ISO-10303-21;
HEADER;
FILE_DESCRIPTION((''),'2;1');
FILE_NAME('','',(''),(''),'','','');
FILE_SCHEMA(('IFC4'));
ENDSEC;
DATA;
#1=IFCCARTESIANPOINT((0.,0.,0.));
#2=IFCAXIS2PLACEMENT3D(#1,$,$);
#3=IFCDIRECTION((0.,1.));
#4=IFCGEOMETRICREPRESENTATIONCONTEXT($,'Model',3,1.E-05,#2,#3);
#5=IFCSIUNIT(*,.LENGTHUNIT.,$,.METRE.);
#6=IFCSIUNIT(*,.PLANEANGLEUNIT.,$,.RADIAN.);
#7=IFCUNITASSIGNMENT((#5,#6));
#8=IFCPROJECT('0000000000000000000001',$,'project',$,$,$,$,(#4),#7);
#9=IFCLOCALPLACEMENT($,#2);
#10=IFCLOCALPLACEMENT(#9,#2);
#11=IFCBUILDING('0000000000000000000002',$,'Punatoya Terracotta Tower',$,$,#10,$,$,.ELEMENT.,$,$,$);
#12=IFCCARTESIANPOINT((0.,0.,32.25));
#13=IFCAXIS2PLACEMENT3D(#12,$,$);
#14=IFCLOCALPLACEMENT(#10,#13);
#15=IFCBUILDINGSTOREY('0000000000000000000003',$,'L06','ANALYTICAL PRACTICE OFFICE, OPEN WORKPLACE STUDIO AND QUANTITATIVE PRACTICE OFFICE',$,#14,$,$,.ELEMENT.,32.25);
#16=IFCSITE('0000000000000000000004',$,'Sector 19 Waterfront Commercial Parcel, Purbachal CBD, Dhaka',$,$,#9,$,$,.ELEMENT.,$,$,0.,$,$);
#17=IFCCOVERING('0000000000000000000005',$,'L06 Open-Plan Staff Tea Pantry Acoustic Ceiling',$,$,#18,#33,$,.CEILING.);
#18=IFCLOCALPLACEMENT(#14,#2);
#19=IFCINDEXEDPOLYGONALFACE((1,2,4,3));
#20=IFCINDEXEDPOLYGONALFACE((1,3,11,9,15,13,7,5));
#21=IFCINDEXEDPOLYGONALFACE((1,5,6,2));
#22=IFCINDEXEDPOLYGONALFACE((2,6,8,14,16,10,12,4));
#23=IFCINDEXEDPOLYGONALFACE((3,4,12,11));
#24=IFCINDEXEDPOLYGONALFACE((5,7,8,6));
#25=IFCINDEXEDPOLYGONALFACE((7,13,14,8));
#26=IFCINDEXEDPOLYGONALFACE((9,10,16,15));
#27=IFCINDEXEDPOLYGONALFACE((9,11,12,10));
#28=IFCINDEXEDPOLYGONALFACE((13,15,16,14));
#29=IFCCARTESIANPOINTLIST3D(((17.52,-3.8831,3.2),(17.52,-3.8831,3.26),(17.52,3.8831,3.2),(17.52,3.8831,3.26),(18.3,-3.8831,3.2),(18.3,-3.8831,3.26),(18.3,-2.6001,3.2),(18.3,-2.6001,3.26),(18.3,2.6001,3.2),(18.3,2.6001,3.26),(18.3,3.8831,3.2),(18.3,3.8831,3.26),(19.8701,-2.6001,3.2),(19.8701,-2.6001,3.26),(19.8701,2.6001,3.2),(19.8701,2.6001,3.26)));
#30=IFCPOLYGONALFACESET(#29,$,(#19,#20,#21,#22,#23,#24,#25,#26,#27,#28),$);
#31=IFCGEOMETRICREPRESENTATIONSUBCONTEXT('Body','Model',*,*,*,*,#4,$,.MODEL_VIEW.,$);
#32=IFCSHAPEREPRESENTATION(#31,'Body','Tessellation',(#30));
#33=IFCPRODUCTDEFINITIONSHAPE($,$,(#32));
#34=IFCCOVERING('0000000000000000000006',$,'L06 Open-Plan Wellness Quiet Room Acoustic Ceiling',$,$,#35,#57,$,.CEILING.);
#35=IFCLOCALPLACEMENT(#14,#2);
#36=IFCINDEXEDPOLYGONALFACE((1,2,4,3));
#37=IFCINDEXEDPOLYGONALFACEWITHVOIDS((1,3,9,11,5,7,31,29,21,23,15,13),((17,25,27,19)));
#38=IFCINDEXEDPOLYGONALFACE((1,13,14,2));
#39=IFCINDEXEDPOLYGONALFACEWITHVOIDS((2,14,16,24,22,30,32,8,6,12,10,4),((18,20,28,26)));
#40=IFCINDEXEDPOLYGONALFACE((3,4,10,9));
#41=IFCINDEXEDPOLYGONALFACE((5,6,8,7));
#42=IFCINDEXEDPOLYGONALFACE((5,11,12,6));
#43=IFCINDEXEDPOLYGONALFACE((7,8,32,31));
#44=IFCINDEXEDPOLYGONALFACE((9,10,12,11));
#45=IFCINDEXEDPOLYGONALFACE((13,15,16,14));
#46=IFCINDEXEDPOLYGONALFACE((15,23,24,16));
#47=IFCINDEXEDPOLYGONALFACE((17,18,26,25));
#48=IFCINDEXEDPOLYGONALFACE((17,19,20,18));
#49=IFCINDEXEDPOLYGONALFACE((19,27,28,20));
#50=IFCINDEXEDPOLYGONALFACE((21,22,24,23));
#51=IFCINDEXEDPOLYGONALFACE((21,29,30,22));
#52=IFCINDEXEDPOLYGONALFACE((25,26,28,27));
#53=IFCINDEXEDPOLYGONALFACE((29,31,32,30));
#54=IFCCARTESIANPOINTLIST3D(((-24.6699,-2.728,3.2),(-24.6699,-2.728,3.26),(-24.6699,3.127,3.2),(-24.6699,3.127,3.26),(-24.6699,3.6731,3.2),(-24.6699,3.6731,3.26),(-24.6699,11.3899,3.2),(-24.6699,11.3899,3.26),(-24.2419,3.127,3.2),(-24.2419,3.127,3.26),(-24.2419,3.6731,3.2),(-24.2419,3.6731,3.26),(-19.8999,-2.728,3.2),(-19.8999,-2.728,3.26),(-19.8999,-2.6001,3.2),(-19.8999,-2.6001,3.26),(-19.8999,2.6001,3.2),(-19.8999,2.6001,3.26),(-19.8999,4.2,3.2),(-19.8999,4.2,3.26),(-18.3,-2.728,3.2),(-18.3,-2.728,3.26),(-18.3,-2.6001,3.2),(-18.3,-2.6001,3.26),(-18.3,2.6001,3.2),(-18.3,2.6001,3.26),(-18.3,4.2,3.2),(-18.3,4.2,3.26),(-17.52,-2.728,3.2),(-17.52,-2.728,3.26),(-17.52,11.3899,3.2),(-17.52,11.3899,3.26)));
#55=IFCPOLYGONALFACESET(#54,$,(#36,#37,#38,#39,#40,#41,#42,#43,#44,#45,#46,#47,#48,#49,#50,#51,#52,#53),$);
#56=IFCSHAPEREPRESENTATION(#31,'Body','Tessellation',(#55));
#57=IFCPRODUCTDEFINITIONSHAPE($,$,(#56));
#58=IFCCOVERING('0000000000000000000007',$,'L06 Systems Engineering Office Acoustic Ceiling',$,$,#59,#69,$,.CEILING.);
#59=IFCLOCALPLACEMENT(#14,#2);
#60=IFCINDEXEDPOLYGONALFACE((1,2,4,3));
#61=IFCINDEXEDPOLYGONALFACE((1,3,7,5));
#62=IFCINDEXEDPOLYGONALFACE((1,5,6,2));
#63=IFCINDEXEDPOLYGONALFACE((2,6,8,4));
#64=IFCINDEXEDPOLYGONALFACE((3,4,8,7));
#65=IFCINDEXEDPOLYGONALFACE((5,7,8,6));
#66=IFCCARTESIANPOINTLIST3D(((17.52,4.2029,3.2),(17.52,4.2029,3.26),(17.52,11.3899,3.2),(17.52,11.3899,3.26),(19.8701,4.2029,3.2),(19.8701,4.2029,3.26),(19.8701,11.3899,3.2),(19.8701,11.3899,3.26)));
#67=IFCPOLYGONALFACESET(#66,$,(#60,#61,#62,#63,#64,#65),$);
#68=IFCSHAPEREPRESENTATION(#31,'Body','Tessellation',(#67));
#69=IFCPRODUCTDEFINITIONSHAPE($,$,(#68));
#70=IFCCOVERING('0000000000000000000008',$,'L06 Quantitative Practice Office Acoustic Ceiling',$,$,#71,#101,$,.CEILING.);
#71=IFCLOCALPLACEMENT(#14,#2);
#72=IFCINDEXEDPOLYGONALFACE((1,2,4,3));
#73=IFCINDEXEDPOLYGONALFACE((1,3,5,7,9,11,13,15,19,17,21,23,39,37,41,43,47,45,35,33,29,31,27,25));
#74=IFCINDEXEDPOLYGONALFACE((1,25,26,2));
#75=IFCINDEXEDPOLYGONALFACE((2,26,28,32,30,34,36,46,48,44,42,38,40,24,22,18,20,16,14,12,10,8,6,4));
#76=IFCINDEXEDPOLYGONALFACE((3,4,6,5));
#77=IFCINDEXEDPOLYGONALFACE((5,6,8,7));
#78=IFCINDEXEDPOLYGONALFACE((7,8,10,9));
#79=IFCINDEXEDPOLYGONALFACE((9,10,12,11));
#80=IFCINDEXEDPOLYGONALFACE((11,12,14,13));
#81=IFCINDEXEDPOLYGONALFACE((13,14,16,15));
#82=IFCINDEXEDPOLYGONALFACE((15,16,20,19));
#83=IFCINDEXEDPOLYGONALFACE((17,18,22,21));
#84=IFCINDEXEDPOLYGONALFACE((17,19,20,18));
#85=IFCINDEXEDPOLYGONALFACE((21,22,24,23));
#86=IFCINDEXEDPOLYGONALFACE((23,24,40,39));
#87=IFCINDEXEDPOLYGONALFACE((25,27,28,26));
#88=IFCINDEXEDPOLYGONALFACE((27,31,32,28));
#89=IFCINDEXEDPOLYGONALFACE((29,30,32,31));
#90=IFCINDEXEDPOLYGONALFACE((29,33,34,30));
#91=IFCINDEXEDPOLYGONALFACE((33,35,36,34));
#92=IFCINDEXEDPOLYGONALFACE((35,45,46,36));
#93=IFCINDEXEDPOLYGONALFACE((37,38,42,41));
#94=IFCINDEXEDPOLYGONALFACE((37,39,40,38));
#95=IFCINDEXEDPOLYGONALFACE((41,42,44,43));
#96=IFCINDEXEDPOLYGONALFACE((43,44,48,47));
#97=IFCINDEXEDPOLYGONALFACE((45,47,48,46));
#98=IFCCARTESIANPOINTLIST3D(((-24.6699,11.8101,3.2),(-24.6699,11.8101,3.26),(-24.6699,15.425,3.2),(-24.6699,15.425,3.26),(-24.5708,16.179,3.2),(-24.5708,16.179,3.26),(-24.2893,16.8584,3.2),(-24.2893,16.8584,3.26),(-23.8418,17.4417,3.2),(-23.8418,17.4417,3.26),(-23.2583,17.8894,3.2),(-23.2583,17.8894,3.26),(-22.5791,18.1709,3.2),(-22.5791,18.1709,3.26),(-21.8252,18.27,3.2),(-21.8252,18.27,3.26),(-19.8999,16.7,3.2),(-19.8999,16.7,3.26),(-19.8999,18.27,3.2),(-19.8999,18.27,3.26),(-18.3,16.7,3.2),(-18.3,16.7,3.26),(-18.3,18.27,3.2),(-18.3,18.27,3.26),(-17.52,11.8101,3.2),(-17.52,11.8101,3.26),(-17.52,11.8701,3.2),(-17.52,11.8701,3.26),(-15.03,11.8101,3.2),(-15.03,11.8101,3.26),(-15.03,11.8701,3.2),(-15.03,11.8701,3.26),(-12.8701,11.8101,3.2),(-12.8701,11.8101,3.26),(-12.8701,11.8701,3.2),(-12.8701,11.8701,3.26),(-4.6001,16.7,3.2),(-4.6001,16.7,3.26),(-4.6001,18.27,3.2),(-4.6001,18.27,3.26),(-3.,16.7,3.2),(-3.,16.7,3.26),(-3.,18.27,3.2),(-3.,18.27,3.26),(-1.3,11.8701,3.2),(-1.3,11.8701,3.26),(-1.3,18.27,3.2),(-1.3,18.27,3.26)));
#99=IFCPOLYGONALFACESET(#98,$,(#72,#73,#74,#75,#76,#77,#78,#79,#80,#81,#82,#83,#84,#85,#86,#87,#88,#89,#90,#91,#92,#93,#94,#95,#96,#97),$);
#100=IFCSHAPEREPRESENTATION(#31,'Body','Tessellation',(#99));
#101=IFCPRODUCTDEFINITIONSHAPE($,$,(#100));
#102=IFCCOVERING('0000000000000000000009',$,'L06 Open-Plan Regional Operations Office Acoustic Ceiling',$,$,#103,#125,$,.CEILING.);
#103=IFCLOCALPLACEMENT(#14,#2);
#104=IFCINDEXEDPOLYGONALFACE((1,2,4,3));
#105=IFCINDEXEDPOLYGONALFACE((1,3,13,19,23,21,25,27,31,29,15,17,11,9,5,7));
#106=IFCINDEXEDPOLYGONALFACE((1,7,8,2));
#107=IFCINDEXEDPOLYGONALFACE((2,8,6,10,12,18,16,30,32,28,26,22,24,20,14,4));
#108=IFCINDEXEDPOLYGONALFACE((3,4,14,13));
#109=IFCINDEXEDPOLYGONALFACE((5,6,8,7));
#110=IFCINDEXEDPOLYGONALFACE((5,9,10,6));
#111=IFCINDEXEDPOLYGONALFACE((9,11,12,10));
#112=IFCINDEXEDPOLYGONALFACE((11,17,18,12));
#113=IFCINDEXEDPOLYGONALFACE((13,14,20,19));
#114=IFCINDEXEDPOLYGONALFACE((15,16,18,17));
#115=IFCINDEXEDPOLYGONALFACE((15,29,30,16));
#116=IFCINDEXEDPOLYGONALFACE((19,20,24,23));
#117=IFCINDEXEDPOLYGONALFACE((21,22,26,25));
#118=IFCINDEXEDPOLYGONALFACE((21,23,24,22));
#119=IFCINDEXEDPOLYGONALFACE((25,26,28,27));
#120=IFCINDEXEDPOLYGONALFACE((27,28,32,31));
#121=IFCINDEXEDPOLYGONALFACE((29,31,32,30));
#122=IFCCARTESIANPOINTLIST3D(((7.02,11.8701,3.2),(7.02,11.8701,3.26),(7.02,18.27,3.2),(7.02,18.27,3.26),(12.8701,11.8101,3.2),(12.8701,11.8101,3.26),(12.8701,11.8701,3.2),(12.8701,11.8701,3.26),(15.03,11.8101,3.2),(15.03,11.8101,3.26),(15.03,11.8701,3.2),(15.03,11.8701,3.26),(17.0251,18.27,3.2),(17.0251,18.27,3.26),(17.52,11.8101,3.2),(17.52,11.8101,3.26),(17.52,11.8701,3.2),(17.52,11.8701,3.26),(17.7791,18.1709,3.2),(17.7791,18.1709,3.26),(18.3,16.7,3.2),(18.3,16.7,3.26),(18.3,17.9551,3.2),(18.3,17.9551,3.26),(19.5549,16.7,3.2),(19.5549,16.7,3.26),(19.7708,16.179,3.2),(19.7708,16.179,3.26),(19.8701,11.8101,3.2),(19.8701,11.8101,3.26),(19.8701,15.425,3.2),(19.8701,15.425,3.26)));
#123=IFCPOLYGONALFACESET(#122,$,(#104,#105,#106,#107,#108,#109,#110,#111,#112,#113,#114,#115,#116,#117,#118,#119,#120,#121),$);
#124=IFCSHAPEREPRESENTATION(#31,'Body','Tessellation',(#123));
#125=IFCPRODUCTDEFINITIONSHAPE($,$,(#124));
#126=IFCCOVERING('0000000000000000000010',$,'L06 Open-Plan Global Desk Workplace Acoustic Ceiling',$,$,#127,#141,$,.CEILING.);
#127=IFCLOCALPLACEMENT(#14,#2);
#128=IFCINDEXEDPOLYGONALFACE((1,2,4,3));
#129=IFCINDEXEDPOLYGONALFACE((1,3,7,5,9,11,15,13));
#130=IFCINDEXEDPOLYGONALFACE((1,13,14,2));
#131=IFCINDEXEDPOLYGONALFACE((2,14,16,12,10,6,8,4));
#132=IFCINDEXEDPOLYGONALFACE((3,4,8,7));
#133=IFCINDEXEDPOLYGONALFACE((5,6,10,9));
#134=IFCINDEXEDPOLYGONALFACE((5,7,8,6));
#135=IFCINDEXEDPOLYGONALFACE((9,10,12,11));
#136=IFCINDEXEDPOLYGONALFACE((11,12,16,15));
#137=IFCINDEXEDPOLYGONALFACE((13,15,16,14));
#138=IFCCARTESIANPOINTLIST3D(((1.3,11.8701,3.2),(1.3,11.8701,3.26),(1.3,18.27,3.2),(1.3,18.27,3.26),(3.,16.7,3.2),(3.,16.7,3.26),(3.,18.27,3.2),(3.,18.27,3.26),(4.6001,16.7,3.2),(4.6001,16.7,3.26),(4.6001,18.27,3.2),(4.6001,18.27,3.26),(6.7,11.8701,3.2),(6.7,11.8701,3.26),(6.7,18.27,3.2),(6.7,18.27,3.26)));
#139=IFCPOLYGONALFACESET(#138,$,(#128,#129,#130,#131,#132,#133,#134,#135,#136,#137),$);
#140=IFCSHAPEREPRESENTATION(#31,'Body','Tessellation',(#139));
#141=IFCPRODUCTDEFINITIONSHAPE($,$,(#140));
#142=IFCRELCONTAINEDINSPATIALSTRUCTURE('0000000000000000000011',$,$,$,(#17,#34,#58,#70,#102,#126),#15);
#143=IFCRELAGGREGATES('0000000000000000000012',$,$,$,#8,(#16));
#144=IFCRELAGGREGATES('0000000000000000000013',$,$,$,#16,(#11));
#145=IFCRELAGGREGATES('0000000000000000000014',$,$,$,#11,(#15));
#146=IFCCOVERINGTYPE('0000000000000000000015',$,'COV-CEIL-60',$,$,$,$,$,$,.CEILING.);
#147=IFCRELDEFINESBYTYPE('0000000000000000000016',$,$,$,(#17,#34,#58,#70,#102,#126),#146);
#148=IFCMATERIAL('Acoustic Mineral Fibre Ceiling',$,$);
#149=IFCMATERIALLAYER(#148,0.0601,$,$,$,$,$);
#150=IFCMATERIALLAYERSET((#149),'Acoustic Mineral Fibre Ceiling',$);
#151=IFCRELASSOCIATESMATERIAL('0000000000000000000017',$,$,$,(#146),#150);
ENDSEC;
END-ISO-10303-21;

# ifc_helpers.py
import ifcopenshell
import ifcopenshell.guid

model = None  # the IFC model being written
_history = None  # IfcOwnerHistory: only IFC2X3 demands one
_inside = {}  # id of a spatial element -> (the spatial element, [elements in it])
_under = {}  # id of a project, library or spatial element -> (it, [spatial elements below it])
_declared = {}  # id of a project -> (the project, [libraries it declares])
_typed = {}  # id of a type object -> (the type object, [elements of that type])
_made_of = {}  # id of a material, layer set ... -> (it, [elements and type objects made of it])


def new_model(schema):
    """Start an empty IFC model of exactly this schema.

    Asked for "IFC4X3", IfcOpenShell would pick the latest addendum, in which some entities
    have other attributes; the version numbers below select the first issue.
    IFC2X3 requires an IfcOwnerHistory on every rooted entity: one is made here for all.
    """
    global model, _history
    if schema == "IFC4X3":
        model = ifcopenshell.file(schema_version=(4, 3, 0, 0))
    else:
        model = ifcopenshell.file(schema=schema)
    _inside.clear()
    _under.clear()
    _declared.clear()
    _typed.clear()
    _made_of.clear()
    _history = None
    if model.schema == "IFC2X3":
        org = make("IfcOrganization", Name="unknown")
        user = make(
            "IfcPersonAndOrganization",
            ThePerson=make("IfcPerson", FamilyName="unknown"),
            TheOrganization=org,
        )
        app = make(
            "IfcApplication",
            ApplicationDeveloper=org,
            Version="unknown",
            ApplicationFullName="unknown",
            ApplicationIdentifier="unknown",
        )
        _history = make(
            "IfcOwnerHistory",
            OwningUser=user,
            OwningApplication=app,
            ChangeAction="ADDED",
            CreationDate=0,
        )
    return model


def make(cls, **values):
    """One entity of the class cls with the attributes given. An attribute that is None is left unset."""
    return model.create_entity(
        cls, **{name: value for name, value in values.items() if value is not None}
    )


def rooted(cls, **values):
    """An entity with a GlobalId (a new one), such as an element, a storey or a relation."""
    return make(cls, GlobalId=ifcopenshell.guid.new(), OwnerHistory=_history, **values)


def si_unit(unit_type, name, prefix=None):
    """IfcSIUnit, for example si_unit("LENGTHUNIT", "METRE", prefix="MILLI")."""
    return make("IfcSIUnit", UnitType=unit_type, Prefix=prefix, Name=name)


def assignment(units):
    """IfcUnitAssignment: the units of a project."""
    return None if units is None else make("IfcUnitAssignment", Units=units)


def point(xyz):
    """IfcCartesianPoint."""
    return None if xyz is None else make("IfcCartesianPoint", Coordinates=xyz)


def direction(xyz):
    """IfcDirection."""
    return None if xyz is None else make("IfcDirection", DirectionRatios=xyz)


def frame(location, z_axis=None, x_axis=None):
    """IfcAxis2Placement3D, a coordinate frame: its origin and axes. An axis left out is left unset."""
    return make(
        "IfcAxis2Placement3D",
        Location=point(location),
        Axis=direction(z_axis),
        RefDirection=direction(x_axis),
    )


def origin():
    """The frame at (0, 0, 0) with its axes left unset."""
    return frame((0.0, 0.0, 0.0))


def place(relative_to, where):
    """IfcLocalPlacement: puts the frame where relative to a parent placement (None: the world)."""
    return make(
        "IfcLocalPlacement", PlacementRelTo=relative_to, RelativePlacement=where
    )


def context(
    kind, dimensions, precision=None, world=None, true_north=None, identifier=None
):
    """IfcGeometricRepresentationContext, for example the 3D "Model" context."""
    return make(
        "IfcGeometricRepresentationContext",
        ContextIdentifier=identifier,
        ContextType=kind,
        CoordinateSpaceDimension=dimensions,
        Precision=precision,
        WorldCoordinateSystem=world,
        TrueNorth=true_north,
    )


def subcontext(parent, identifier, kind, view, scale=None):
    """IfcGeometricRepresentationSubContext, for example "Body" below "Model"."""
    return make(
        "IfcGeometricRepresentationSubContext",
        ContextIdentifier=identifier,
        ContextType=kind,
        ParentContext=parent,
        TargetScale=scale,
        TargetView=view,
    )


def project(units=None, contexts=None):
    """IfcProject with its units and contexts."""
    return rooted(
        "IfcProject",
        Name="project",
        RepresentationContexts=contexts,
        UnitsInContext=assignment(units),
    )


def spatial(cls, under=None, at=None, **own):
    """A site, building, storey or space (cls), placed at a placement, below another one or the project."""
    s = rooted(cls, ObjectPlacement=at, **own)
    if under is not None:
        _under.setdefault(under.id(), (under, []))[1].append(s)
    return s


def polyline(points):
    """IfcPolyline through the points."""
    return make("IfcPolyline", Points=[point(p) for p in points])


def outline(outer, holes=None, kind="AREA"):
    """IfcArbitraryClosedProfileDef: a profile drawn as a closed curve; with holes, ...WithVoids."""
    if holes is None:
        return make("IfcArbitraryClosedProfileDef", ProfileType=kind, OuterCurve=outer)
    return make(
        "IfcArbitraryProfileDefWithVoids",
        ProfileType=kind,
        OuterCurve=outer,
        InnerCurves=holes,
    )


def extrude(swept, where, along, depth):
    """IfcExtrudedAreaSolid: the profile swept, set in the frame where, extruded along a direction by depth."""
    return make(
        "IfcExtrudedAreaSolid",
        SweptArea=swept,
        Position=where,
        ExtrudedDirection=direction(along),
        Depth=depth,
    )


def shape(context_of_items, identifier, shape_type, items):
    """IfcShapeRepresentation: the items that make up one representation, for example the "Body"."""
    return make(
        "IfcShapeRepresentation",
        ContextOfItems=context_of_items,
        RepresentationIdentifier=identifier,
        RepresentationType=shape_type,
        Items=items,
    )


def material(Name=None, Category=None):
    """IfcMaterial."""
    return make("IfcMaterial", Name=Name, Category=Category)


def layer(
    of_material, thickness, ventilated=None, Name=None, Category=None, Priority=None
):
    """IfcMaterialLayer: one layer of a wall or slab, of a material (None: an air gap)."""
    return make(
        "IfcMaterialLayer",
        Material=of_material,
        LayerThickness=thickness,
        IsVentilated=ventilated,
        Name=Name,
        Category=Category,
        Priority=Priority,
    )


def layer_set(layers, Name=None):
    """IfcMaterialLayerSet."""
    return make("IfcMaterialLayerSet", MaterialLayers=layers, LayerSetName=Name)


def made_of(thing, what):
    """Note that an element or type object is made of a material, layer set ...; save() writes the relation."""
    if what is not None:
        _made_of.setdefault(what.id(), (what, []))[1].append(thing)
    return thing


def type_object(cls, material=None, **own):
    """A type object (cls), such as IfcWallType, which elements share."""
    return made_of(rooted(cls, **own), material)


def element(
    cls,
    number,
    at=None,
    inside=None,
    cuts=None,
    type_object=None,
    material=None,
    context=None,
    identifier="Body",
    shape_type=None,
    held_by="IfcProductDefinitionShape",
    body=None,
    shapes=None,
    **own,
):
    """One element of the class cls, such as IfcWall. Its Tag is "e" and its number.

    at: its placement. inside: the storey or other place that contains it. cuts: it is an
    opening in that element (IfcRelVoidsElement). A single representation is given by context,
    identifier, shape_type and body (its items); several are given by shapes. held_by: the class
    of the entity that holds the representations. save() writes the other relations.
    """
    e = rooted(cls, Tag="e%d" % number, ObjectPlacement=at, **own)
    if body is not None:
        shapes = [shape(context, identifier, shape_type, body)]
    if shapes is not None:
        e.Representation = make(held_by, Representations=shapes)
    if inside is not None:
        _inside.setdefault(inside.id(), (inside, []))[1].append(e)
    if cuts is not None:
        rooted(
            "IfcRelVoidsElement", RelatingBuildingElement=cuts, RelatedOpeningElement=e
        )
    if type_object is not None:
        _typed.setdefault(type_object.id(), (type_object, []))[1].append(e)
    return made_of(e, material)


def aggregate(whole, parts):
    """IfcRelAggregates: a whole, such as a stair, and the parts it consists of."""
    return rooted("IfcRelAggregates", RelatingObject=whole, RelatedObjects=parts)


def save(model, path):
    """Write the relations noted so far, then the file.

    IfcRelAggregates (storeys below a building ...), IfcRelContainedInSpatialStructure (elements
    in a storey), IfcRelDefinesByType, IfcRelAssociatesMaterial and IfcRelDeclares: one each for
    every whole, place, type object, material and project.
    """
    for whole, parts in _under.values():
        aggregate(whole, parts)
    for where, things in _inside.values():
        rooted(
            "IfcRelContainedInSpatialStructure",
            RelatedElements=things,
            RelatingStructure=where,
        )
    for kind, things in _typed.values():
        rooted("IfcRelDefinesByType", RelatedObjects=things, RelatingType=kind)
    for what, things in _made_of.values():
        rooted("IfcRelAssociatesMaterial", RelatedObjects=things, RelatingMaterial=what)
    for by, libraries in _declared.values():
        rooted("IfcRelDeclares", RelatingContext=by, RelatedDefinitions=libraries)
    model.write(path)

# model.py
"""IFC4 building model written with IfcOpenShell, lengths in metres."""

from ifc_helpers import new_model, si_unit, direction, frame, origin, place, context, subcontext, project, spatial, polyline, outline, extrude, material, layer, layer_set, type_object, element, save


model = new_model("IFC4")

# Units and contexts
model_context = context("Model", 3, precision=1e-05, world=origin(), true_north=direction((0.0, 1.0)))
body_context = subcontext(model_context, "Body", "Model", "MODEL_VIEW")
ifc_project = project(units=[si_unit("LENGTHUNIT", "METRE"), si_unit("PLANEANGLEUNIT", "RADIAN")], contexts=[model_context])

# Site, building, storey
site_placement = place(None, origin())
site = spatial("IfcSite", under=ifc_project, at=site_placement, Name="Sector 19 Waterfront Commercial Parcel, Purbachal CBD, Dhaka", CompositionType="ELEMENT", RefElevation=0.0)
building_placement = place(site_placement, origin())
building = spatial("IfcBuilding", under=site, at=building_placement, Name="Punatoya Terracotta Tower", CompositionType="ELEMENT")
storey_placement = place(building_placement, frame((0.0, 0.0, 32.25)))
storey = spatial("IfcBuildingStorey", under=building, at=storey_placement, Name="L06", Description="ANALYTICAL PRACTICE OFFICE, OPEN WORKPLACE STUDIO AND QUANTITATIVE PRACTICE OFFICE", CompositionType="ELEMENT", Elevation=32.25)

# Coverings
ifc_material_1 = material(Name="Acoustic Mineral Fibre Ceiling")
ifc_layer_1 = layer(ifc_material_1, 0.0601)
ifc_layer_set_1 = layer_set([ifc_layer_1], Name="Acoustic Mineral Fibre Ceiling")
covering_type = type_object("IfcCoveringType", Name="COV-CEIL-60", PredefinedType="CEILING", material=ifc_layer_set_1)
covering_1_placement = place(storey_placement, frame((0.0, 0.0, 3.2)))
element("IfcCovering", 1, at=covering_1_placement, inside=storey, type_object=covering_type, Name="L06 Open-Plan Staff Tea Pantry Acoustic Ceiling", PredefinedType="CEILING", context=body_context, shape_type="SweptSolid", body=[
    extrude(outline(polyline([(18.3, 2.6001), (18.3, 3.8831), (17.52, 3.8831), (17.52, -3.8831), (18.3, -3.8831), (18.3, -2.6001), (19.8701, -2.6001), (19.8701, 2.6001), (18.3, 2.6001)])), origin(), (0.0, 0.0, 1.0), 0.0601),
])
covering_2_placement = place(storey_placement, frame((0.0, 0.0, 3.2)))
element("IfcCovering", 2, at=covering_2_placement, inside=storey, type_object=covering_type, Name="L06 Open-Plan Wellness Quiet Room Acoustic Ceiling", PredefinedType="CEILING", context=body_context, shape_type="SweptSolid", body=[
    extrude(outline(polyline([(-17.52, -2.728), (-17.52, 11.3899), (-24.6699, 11.3899), (-24.6699, 3.6731), (-24.2419, 3.6731), (-24.2419, 3.127), (-24.6699, 3.127), (-24.6699, -2.728), (-19.8999, -2.728), (-19.8999, -2.6001), (-18.3, -2.6001), (-18.3, -2.728), (-17.52, -2.728)]), holes=[polyline([(-18.3, 4.2), (-18.3, 2.6001), (-19.8999, 2.6001), (-19.8999, 4.2), (-18.3, 4.2)])]), origin(), (0.0, 0.0, 1.0), 0.0601),
])
covering_3_placement = place(storey_placement, frame((0.0, 0.0, 3.2)))
element("IfcCovering", 3, at=covering_3_placement, inside=storey, type_object=covering_type, Name="L06 Systems Engineering Office Acoustic Ceiling", PredefinedType="CEILING", context=body_context, shape_type="SweptSolid", body=[
    extrude(outline(polyline([(17.52, 11.3899), (17.52, 4.2029), (19.8701, 4.2029), (19.8701, 11.3899), (17.52, 11.3899)])), origin(), (0.0, 0.0, 1.0), 0.0601),
])
covering_4_placement = place(storey_placement, frame((0.0, 0.0, 3.2)))
element("IfcCovering", 4, at=covering_4_placement, inside=storey, type_object=covering_type, Name="L06 Quantitative Practice Office Acoustic Ceiling", PredefinedType="CEILING", context=body_context, shape_type="SweptSolid", body=[
    extrude(outline(polyline([(-21.8252, 18.27), (-22.5791, 18.1709), (-23.2583, 17.8894), (-23.8418, 17.4417), (-24.2893, 16.8584), (-24.5708, 16.179), (-24.6699, 15.425), (-24.6699, 11.8101), (-17.52, 11.8101), (-17.52, 11.8701), (-15.03, 11.8701), (-15.03, 11.8101), (-12.8701, 11.8101), (-12.8701, 11.8701), (-1.3, 11.8701), (-1.3, 18.27), (-3.0, 18.27), (-3.0, 16.7), (-4.6001, 16.7), (-4.6001, 18.27), (-18.3, 18.27), (-18.3, 16.7), (-19.8999, 16.7), (-19.8999, 18.27), (-21.8252, 18.27)])), origin(), (0.0, 0.0, 1.0), 0.0601),
])
covering_5_placement = place(storey_placement, frame((0.0, 0.0, 3.2)))
element("IfcCovering", 5, at=covering_5_placement, inside=storey, type_object=covering_type, Name="L06 Open-Plan Regional Operations Office Acoustic Ceiling", PredefinedType="CEILING", context=body_context, shape_type="SweptSolid", body=[
    extrude(outline(polyline([(12.8701, 11.8101), (15.03, 11.8101), (15.03, 11.8701), (17.52, 11.8701), (17.52, 11.8101), (19.8701, 11.8101), (19.8701, 15.425), (19.7708, 16.179), (19.5549, 16.7), (18.3, 16.7), (18.3, 17.9551), (17.7791, 18.1709), (17.0251, 18.27), (7.02, 18.27), (7.02, 11.8701), (12.8701, 11.8701), (12.8701, 11.8101)])), origin(), (0.0, 0.0, 1.0), 0.0601),
])
covering_6_placement = place(storey_placement, frame((0.0, 0.0, 3.2)))
element("IfcCovering", 6, at=covering_6_placement, inside=storey, type_object=covering_type, Name="L06 Open-Plan Global Desk Workplace Acoustic Ceiling", PredefinedType="CEILING", context=body_context, shape_type="SweptSolid", body=[
    extrude(outline(polyline([(4.6001, 16.7), (3.0, 16.7), (3.0, 18.27), (1.3, 18.27), (1.3, 11.8701), (6.7, 11.8701), (6.7, 18.27), (4.6001, 18.27), (4.6001, 16.7)])), origin(), (0.0, 0.0, 1.0), 0.0601),
])

save(model, "model.ifc")
